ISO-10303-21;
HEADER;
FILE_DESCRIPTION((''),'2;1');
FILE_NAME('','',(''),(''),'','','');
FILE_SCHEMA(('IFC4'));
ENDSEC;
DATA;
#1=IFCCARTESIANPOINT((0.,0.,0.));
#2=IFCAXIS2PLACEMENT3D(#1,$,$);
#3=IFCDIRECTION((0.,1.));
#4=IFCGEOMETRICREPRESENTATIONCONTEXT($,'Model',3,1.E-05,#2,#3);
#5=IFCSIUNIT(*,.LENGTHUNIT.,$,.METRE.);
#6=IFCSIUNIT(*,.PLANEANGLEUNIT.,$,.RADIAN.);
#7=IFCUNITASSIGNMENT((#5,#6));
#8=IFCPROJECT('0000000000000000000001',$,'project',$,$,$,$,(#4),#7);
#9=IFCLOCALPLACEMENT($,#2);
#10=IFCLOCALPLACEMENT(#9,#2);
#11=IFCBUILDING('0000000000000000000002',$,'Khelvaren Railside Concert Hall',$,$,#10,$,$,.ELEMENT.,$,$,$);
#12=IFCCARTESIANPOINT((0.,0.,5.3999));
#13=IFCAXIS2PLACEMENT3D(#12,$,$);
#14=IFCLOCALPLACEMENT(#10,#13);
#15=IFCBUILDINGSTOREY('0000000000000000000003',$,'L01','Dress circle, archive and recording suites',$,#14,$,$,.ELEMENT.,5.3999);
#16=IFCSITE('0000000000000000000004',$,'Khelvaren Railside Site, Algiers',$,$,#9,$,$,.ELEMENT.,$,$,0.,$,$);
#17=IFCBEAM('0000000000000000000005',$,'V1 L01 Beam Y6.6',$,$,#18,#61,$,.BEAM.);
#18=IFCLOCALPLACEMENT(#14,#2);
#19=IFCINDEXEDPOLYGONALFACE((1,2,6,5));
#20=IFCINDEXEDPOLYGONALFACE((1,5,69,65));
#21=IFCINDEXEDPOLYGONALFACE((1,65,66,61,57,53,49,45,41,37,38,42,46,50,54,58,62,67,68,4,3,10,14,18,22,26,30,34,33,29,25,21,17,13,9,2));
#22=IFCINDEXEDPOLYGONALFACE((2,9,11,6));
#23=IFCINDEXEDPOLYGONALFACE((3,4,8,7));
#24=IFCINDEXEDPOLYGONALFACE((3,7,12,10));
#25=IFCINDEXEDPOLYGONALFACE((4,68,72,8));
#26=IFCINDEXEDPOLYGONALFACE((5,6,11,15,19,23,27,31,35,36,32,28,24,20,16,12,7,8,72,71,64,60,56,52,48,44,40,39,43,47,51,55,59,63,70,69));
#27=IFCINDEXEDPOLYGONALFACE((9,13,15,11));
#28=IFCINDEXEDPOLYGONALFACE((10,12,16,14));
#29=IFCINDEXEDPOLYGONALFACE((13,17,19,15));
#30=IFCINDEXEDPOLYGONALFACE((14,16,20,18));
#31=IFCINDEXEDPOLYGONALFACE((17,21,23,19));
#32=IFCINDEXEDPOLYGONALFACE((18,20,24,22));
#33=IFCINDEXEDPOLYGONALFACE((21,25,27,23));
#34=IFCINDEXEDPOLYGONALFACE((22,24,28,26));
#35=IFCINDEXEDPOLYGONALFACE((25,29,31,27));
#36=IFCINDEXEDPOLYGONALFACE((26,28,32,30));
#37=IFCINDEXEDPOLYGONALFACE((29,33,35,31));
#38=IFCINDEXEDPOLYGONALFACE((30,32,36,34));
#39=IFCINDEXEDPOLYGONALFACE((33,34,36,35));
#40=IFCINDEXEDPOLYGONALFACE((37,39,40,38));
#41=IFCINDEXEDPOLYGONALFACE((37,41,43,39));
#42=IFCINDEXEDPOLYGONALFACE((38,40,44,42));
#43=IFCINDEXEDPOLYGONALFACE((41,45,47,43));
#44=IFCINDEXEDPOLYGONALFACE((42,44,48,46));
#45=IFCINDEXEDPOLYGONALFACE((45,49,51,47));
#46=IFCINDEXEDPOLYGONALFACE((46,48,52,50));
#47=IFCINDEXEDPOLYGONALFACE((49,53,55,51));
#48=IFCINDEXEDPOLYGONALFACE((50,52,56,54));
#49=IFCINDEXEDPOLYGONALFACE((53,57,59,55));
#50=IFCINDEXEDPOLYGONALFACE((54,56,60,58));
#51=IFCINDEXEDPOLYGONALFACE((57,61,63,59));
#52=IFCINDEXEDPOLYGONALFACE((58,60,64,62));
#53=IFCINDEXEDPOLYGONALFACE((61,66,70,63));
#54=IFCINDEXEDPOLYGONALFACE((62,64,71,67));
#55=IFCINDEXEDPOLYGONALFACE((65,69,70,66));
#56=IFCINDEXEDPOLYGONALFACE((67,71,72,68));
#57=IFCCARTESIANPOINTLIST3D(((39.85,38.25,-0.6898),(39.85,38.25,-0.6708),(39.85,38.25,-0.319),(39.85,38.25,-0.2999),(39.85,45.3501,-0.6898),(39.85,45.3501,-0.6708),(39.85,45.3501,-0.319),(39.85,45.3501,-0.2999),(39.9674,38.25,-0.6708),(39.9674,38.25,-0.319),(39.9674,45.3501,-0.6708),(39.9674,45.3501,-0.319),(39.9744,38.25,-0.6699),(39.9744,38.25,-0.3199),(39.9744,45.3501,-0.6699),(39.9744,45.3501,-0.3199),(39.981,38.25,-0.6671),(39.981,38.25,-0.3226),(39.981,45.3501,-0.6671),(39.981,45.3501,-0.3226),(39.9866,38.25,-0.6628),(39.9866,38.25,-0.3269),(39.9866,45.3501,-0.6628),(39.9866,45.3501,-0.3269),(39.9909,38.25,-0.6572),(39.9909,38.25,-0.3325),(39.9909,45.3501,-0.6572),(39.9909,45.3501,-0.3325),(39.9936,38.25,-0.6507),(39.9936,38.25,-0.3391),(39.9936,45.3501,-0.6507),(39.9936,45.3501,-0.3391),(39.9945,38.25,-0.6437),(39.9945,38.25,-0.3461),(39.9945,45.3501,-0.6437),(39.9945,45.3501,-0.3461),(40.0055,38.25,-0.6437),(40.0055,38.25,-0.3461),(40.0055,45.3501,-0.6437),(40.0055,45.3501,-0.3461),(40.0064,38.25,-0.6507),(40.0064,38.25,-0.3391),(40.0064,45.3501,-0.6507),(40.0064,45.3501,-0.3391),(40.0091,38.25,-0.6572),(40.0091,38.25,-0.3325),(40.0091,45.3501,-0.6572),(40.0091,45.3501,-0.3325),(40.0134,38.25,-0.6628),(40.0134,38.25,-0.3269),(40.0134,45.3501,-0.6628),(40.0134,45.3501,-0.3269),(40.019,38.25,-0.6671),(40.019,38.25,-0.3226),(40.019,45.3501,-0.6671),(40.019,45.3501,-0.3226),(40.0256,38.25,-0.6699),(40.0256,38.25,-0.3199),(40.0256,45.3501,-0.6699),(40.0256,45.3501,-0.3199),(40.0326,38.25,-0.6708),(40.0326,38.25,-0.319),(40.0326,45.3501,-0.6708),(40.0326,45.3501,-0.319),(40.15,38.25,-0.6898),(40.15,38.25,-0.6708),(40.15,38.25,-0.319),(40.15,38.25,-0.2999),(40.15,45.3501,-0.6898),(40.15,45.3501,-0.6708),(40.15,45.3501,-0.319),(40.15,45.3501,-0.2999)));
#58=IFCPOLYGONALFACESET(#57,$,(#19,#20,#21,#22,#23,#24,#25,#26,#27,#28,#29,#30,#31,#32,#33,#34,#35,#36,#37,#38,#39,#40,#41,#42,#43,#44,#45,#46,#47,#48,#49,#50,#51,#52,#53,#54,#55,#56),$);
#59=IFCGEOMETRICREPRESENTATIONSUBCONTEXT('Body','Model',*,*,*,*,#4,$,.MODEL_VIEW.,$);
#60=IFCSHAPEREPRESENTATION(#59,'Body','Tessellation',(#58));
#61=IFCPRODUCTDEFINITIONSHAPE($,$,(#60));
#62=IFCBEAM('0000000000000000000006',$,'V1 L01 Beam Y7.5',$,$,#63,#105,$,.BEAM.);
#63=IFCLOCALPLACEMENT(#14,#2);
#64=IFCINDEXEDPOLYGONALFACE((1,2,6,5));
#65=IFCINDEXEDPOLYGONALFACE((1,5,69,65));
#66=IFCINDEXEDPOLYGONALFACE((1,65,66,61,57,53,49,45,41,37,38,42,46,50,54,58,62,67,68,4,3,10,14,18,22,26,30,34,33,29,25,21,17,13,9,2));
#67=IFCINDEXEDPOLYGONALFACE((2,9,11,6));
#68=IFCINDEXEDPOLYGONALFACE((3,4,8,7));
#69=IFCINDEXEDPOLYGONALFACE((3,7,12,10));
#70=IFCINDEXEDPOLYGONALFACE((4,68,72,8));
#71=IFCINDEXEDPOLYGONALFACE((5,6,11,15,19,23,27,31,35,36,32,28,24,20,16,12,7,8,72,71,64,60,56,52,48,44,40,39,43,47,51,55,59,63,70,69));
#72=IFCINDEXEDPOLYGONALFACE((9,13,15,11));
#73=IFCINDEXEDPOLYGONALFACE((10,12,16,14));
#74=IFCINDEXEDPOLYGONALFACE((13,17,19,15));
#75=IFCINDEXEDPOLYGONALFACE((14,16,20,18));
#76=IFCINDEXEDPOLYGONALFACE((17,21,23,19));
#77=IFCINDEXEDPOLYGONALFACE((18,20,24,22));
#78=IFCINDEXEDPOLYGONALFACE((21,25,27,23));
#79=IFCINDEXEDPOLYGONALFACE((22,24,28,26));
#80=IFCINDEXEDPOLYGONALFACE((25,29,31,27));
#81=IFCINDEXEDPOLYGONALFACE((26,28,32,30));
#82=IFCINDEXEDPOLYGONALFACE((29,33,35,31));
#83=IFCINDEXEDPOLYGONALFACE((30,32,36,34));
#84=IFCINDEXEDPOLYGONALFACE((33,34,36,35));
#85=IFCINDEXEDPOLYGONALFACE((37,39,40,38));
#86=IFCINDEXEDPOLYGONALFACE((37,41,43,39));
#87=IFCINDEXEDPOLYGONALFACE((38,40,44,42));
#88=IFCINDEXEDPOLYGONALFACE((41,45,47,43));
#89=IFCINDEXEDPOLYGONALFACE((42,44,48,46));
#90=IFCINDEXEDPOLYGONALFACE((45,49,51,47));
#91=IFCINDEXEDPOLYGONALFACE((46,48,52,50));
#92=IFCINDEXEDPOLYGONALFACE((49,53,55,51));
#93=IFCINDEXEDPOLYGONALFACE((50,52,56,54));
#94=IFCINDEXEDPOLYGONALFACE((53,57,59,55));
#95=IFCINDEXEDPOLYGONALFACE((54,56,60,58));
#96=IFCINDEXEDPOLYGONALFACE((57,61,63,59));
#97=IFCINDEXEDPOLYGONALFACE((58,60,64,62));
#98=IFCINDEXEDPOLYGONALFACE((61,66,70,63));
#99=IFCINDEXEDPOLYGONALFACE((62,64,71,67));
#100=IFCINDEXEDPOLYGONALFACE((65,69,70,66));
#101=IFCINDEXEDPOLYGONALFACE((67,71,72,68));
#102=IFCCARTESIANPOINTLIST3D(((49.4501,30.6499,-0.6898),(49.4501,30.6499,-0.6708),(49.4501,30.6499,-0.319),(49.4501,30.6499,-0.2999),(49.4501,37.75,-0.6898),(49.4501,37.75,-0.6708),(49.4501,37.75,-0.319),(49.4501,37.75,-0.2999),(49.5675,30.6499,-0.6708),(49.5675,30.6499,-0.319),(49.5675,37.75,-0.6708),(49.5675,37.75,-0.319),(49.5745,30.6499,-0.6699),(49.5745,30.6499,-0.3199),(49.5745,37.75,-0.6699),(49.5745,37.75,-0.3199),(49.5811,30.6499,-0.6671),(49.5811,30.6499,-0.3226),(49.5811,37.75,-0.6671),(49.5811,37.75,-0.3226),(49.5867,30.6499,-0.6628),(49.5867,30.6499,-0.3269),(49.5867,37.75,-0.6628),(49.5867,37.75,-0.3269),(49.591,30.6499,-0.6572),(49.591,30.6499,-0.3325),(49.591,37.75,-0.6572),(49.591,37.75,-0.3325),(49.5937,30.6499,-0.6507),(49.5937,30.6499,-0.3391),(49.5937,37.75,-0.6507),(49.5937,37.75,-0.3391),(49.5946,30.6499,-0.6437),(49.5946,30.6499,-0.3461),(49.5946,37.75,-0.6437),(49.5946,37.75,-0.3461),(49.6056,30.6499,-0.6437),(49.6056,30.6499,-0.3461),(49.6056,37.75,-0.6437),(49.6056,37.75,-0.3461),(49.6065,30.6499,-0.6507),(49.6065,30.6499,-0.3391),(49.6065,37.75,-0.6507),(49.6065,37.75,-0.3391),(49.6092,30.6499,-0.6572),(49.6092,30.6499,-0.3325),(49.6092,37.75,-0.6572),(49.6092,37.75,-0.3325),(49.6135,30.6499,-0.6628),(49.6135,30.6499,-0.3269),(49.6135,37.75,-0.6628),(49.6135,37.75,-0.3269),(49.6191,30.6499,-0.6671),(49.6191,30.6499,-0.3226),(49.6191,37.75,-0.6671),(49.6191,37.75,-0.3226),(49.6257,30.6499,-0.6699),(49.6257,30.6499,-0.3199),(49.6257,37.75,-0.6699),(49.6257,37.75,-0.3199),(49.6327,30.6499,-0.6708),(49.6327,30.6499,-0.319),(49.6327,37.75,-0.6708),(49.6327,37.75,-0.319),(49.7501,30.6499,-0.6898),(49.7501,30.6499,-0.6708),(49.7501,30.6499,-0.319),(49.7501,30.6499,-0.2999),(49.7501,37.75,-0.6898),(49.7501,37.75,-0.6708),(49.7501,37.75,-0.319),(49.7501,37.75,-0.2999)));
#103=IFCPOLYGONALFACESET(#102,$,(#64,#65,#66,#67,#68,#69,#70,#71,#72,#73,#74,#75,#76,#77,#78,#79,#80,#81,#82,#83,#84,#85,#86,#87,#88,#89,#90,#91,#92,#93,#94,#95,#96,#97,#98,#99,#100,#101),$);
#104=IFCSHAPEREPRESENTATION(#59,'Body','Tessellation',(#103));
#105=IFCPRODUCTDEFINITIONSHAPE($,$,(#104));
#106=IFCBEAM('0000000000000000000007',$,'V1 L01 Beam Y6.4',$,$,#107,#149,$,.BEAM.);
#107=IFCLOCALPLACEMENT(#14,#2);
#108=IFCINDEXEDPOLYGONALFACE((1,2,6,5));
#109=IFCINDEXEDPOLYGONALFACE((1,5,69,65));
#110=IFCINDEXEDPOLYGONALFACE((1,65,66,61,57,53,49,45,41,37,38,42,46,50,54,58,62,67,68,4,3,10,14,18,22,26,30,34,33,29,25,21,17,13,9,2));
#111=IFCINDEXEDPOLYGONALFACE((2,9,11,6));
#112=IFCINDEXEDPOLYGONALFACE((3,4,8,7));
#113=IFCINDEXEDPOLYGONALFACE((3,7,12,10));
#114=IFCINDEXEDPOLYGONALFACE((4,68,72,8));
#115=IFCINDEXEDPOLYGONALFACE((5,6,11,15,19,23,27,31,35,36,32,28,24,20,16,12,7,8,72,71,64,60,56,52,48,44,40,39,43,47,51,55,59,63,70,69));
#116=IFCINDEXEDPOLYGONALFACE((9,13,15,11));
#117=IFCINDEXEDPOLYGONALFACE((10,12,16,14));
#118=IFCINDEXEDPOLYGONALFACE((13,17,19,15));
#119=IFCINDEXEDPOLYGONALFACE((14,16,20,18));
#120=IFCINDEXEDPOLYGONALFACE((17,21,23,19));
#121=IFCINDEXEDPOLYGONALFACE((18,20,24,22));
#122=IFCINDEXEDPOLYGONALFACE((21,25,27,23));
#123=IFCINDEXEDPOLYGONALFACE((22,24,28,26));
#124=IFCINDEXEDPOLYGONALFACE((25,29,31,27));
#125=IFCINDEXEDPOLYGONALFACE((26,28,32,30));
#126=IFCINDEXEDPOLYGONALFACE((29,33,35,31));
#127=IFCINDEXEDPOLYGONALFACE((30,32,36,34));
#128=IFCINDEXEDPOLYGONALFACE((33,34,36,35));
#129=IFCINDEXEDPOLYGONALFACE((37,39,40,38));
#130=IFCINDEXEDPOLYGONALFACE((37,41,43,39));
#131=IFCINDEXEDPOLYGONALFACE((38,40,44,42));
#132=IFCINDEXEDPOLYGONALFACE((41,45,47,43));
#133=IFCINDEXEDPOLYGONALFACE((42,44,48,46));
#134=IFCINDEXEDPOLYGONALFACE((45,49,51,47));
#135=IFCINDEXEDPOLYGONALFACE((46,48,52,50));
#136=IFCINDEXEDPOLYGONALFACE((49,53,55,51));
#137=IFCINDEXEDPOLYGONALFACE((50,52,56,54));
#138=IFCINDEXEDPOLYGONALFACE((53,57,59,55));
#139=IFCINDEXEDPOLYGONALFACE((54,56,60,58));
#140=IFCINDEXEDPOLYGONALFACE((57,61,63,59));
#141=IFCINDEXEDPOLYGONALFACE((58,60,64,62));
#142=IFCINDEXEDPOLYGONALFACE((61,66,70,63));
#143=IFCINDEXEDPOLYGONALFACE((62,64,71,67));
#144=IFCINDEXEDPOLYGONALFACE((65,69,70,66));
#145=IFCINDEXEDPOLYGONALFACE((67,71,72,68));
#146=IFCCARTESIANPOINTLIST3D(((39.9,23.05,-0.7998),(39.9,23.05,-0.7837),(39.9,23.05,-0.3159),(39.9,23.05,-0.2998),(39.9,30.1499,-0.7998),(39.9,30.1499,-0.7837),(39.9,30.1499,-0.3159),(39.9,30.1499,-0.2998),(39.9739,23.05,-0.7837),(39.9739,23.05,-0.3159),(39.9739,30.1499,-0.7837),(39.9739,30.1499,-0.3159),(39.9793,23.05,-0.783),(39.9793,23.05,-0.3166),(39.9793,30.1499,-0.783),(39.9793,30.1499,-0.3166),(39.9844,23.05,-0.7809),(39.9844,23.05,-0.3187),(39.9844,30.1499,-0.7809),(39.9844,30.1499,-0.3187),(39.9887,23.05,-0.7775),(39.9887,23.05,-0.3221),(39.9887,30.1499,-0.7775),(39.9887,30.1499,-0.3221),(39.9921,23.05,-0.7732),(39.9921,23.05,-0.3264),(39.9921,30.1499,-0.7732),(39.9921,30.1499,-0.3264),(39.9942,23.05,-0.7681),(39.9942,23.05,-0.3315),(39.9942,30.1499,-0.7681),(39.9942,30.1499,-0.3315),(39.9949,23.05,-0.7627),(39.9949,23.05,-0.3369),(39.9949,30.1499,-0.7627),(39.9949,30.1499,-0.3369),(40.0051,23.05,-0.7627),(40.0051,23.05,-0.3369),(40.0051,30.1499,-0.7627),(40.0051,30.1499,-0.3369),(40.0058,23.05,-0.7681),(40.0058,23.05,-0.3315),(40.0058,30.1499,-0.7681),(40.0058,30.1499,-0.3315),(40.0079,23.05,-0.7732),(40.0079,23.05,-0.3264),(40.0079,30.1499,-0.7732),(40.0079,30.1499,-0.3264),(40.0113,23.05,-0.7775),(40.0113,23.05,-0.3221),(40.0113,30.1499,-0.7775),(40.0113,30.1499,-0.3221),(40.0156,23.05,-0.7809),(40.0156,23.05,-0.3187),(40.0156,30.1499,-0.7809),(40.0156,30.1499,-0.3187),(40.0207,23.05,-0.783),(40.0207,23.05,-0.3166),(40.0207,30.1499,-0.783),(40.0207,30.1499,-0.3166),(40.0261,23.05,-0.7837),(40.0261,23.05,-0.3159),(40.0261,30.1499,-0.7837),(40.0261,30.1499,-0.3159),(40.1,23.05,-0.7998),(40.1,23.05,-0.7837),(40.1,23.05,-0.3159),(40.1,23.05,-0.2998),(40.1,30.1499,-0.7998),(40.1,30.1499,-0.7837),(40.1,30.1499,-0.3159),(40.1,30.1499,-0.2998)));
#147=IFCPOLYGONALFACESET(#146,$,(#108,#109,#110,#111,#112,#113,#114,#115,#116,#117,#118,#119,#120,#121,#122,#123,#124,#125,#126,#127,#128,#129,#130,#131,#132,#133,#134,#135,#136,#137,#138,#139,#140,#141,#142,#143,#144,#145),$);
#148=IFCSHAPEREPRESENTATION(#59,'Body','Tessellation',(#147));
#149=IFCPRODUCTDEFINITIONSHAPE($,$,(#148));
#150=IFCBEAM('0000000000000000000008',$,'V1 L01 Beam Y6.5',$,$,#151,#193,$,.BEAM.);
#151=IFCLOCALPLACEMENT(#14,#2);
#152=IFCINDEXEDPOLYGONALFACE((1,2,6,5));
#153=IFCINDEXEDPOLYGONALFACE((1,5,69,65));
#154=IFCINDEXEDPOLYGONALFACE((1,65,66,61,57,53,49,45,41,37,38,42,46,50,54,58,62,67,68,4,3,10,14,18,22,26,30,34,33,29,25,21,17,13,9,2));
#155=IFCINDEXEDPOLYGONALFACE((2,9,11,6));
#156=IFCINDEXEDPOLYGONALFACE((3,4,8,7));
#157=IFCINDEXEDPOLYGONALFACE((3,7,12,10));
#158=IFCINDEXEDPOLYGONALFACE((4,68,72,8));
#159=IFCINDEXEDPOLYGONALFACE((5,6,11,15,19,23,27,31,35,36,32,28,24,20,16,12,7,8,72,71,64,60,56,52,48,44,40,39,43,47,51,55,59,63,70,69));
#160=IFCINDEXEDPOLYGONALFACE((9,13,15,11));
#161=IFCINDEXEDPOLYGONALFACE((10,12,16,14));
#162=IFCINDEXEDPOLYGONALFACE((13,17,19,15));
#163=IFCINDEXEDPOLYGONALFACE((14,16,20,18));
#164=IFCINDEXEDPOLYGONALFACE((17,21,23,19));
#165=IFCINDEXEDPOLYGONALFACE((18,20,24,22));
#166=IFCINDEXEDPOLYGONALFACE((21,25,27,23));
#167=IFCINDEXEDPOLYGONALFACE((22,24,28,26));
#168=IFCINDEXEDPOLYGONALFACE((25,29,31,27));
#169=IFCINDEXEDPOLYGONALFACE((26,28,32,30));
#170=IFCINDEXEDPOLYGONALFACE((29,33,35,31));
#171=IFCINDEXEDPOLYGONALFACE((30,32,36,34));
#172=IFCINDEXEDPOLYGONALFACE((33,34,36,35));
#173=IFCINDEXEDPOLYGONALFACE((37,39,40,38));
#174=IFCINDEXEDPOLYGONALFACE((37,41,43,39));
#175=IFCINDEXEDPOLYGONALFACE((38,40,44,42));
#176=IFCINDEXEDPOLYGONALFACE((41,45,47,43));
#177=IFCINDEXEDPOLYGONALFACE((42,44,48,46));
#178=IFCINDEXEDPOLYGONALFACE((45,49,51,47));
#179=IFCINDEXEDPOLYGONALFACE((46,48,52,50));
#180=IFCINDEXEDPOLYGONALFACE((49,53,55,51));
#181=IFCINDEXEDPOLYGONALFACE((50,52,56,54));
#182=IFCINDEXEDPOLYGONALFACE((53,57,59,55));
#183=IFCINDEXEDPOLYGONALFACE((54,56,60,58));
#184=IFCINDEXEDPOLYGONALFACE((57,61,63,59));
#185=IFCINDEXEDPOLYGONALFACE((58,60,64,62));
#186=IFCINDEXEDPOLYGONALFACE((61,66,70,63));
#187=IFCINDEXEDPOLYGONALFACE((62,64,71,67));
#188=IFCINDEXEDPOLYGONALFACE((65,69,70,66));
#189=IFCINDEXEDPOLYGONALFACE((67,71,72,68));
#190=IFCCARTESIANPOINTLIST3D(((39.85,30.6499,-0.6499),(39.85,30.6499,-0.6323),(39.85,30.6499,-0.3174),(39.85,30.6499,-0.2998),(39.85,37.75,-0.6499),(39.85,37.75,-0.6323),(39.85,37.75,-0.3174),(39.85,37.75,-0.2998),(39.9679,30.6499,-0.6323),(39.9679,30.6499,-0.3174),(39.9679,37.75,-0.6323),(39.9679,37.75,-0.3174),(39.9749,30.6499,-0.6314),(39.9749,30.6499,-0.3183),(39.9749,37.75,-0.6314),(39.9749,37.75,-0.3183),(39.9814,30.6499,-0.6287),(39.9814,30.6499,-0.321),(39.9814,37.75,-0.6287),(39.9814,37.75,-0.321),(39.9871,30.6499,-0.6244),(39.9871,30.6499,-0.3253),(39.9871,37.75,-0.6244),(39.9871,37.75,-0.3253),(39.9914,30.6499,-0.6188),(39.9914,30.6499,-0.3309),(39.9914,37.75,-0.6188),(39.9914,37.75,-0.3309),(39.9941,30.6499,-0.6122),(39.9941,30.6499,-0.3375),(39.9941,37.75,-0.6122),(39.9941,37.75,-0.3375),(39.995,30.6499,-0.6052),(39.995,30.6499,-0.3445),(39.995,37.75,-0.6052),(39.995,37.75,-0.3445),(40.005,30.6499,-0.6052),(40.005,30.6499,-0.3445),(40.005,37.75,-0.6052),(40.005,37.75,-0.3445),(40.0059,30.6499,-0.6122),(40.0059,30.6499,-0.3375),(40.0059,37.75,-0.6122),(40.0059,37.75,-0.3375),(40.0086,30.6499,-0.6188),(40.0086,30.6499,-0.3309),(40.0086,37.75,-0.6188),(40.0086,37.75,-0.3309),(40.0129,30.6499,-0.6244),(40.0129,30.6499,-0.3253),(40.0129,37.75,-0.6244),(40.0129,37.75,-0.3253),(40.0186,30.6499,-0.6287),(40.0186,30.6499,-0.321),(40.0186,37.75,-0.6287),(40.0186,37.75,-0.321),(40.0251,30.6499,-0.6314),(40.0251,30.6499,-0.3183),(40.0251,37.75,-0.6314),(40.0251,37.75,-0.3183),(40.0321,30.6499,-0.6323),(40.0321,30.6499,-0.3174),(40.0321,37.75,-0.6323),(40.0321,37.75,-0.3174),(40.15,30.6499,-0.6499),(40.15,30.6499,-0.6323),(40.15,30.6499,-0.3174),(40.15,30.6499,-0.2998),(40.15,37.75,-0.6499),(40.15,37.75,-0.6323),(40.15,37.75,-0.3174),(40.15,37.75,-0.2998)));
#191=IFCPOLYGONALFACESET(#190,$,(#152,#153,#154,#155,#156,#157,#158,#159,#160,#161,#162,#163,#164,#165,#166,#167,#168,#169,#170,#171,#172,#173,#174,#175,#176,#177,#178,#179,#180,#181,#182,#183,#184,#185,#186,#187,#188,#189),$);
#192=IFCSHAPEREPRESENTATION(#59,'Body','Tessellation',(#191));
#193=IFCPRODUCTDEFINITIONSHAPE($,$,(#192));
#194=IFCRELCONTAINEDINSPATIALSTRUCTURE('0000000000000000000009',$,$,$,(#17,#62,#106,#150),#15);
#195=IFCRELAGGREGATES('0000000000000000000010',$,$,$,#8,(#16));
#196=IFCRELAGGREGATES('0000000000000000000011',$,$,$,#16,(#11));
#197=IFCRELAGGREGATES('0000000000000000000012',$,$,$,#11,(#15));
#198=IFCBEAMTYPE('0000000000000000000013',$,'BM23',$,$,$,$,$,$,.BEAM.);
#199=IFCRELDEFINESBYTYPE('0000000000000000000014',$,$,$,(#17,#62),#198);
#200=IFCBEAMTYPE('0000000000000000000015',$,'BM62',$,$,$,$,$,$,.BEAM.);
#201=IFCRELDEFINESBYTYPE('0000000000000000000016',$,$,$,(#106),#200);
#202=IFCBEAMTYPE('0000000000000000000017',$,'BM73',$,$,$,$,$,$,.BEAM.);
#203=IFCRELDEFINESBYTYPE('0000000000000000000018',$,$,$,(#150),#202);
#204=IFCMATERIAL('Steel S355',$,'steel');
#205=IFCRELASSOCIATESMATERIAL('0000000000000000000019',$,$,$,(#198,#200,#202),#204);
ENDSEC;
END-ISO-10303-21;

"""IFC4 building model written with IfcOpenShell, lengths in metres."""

from ifc_helpers import new_model, si_unit, direction, frame, origin, origin_2d, place, context, subcontext, project, spatial, i_section, extrude, material, material_profile, profile_set, type_object, element, save


model = new_model("IFC4")

# Units and contexts
model_context = context("Model", 3, precision=1e-05, world=origin(), true_north=direction((0.0, 1.0)))
body_context = subcontext(model_context, "Body", "Model", "MODEL_VIEW")
ifc_project = project(units=[si_unit("LENGTHUNIT", "METRE"), si_unit("PLANEANGLEUNIT", "RADIAN")], contexts=[model_context])

# Site, building, storey
site_placement = place(None, origin())
site = spatial("IfcSite", under=ifc_project, at=site_placement, Name="Khelvaren Railside Site, Algiers", CompositionType="ELEMENT", RefElevation=0.0)
building_placement = place(site_placement, origin())
building = spatial("IfcBuilding", under=site, at=building_placement, Name="Khelvaren Railside Concert Hall", CompositionType="ELEMENT")
storey_placement = place(building_placement, frame((0.0, 0.0, 5.3999)))
storey = spatial("IfcBuildingStorey", under=building, at=storey_placement, Name="L01", Description="Dress circle, archive and recording suites", CompositionType="ELEMENT", Elevation=5.3999)

# Shared definitions
ifc_material_1 = material(Name="Steel S355", Category="steel")

# Beams
ifc_material_profile_1 = material_profile(ifc_material_1, i_section(OverallWidth=0.3, OverallDepth=0.3899, WebThickness=0.011, FlangeThickness=0.019, FilletRadius=0.0271, at=origin_2d()), Name="HEA 400")
ifc_profile_set_1 = profile_set([ifc_material_profile_1], Name="Steel S355")
beam_type_1 = type_object("IfcBeamType", Name="BM23", PredefinedType="BEAM", material=ifc_profile_set_1)
for number, where, z_axis, x_axis, name in (
    (1, (40.0, 38.25, -0.4949), (0.0, 1.0, 0.0), (-1.0, 0.0, 0.0), "V1 L01 Beam Y6.6"),
    (2, (49.6001, 30.6499, -0.4949), (0.0, 1.0, 0.0), (-1.0, 0.0, 0.0), "V1 L01 Beam Y7.5"),
):
    element("IfcBeam", number, at=place(storey_placement, frame(where, z_axis=z_axis, x_axis=x_axis)), inside=storey, type_object=beam_type_1, Name=name, PredefinedType="BEAM", context=body_context, shape_type="SweptSolid", body=[
        extrude(i_section(OverallWidth=0.3, OverallDepth=0.3899, WebThickness=0.011, FlangeThickness=0.019, FilletRadius=0.0271, at=origin_2d()), origin(), (0.0, 0.0, 1.0), 7.1001),
    ])
ifc_material_profile_2 = material_profile(ifc_material_1, i_section(OverallWidth=0.2, OverallDepth=0.5, WebThickness=0.0103, FlangeThickness=0.0161, FilletRadius=0.021, at=origin_2d()), Name="IPE 500")
ifc_profile_set_2 = profile_set([ifc_material_profile_2], Name="Steel S355")
beam_type_2 = type_object("IfcBeamType", Name="BM62", PredefinedType="BEAM", material=ifc_profile_set_2)
beam_1_placement = place(storey_placement, frame((40.0, 23.05, -0.5498), z_axis=(0.0, 1.0, 0.0), x_axis=(-1.0, 0.0, 0.0)))
element("IfcBeam", 3, at=beam_1_placement, inside=storey, type_object=beam_type_2, Name="V1 L01 Beam Y6.4", PredefinedType="BEAM", context=body_context, shape_type="SweptSolid", body=[
    extrude(i_section(OverallWidth=0.2, OverallDepth=0.5, WebThickness=0.0103, FlangeThickness=0.0161, FilletRadius=0.021, at=origin_2d()), origin(), (0.0, 0.0, 1.0), 7.0999),
])
ifc_material_profile_3 = material_profile(ifc_material_1, i_section(OverallWidth=0.3, OverallDepth=0.3501, WebThickness=0.01, FlangeThickness=0.0176, FilletRadius=0.0271, at=origin_2d()), Name="HEA 360")
ifc_profile_set_3 = profile_set([ifc_material_profile_3], Name="Steel S355")
beam_type_3 = type_object("IfcBeamType", Name="BM73", PredefinedType="BEAM", material=ifc_profile_set_3)
beam_2_placement = place(storey_placement, frame((40.0, 30.6499, -0.4749), z_axis=(0.0, 1.0, 0.0), x_axis=(-1.0, 0.0, 0.0)))
element("IfcBeam", 4, at=beam_2_placement, inside=storey, type_object=beam_type_3, Name="V1 L01 Beam Y6.5", PredefinedType="BEAM", context=body_context, shape_type="SweptSolid", body=[
    extrude(i_section(OverallWidth=0.3, OverallDepth=0.3501, WebThickness=0.01, FlangeThickness=0.0176, FilletRadius=0.0271, at=origin_2d()), origin(), (0.0, 0.0, 1.0), 7.1001),
])

save(model, "model.ifc")
